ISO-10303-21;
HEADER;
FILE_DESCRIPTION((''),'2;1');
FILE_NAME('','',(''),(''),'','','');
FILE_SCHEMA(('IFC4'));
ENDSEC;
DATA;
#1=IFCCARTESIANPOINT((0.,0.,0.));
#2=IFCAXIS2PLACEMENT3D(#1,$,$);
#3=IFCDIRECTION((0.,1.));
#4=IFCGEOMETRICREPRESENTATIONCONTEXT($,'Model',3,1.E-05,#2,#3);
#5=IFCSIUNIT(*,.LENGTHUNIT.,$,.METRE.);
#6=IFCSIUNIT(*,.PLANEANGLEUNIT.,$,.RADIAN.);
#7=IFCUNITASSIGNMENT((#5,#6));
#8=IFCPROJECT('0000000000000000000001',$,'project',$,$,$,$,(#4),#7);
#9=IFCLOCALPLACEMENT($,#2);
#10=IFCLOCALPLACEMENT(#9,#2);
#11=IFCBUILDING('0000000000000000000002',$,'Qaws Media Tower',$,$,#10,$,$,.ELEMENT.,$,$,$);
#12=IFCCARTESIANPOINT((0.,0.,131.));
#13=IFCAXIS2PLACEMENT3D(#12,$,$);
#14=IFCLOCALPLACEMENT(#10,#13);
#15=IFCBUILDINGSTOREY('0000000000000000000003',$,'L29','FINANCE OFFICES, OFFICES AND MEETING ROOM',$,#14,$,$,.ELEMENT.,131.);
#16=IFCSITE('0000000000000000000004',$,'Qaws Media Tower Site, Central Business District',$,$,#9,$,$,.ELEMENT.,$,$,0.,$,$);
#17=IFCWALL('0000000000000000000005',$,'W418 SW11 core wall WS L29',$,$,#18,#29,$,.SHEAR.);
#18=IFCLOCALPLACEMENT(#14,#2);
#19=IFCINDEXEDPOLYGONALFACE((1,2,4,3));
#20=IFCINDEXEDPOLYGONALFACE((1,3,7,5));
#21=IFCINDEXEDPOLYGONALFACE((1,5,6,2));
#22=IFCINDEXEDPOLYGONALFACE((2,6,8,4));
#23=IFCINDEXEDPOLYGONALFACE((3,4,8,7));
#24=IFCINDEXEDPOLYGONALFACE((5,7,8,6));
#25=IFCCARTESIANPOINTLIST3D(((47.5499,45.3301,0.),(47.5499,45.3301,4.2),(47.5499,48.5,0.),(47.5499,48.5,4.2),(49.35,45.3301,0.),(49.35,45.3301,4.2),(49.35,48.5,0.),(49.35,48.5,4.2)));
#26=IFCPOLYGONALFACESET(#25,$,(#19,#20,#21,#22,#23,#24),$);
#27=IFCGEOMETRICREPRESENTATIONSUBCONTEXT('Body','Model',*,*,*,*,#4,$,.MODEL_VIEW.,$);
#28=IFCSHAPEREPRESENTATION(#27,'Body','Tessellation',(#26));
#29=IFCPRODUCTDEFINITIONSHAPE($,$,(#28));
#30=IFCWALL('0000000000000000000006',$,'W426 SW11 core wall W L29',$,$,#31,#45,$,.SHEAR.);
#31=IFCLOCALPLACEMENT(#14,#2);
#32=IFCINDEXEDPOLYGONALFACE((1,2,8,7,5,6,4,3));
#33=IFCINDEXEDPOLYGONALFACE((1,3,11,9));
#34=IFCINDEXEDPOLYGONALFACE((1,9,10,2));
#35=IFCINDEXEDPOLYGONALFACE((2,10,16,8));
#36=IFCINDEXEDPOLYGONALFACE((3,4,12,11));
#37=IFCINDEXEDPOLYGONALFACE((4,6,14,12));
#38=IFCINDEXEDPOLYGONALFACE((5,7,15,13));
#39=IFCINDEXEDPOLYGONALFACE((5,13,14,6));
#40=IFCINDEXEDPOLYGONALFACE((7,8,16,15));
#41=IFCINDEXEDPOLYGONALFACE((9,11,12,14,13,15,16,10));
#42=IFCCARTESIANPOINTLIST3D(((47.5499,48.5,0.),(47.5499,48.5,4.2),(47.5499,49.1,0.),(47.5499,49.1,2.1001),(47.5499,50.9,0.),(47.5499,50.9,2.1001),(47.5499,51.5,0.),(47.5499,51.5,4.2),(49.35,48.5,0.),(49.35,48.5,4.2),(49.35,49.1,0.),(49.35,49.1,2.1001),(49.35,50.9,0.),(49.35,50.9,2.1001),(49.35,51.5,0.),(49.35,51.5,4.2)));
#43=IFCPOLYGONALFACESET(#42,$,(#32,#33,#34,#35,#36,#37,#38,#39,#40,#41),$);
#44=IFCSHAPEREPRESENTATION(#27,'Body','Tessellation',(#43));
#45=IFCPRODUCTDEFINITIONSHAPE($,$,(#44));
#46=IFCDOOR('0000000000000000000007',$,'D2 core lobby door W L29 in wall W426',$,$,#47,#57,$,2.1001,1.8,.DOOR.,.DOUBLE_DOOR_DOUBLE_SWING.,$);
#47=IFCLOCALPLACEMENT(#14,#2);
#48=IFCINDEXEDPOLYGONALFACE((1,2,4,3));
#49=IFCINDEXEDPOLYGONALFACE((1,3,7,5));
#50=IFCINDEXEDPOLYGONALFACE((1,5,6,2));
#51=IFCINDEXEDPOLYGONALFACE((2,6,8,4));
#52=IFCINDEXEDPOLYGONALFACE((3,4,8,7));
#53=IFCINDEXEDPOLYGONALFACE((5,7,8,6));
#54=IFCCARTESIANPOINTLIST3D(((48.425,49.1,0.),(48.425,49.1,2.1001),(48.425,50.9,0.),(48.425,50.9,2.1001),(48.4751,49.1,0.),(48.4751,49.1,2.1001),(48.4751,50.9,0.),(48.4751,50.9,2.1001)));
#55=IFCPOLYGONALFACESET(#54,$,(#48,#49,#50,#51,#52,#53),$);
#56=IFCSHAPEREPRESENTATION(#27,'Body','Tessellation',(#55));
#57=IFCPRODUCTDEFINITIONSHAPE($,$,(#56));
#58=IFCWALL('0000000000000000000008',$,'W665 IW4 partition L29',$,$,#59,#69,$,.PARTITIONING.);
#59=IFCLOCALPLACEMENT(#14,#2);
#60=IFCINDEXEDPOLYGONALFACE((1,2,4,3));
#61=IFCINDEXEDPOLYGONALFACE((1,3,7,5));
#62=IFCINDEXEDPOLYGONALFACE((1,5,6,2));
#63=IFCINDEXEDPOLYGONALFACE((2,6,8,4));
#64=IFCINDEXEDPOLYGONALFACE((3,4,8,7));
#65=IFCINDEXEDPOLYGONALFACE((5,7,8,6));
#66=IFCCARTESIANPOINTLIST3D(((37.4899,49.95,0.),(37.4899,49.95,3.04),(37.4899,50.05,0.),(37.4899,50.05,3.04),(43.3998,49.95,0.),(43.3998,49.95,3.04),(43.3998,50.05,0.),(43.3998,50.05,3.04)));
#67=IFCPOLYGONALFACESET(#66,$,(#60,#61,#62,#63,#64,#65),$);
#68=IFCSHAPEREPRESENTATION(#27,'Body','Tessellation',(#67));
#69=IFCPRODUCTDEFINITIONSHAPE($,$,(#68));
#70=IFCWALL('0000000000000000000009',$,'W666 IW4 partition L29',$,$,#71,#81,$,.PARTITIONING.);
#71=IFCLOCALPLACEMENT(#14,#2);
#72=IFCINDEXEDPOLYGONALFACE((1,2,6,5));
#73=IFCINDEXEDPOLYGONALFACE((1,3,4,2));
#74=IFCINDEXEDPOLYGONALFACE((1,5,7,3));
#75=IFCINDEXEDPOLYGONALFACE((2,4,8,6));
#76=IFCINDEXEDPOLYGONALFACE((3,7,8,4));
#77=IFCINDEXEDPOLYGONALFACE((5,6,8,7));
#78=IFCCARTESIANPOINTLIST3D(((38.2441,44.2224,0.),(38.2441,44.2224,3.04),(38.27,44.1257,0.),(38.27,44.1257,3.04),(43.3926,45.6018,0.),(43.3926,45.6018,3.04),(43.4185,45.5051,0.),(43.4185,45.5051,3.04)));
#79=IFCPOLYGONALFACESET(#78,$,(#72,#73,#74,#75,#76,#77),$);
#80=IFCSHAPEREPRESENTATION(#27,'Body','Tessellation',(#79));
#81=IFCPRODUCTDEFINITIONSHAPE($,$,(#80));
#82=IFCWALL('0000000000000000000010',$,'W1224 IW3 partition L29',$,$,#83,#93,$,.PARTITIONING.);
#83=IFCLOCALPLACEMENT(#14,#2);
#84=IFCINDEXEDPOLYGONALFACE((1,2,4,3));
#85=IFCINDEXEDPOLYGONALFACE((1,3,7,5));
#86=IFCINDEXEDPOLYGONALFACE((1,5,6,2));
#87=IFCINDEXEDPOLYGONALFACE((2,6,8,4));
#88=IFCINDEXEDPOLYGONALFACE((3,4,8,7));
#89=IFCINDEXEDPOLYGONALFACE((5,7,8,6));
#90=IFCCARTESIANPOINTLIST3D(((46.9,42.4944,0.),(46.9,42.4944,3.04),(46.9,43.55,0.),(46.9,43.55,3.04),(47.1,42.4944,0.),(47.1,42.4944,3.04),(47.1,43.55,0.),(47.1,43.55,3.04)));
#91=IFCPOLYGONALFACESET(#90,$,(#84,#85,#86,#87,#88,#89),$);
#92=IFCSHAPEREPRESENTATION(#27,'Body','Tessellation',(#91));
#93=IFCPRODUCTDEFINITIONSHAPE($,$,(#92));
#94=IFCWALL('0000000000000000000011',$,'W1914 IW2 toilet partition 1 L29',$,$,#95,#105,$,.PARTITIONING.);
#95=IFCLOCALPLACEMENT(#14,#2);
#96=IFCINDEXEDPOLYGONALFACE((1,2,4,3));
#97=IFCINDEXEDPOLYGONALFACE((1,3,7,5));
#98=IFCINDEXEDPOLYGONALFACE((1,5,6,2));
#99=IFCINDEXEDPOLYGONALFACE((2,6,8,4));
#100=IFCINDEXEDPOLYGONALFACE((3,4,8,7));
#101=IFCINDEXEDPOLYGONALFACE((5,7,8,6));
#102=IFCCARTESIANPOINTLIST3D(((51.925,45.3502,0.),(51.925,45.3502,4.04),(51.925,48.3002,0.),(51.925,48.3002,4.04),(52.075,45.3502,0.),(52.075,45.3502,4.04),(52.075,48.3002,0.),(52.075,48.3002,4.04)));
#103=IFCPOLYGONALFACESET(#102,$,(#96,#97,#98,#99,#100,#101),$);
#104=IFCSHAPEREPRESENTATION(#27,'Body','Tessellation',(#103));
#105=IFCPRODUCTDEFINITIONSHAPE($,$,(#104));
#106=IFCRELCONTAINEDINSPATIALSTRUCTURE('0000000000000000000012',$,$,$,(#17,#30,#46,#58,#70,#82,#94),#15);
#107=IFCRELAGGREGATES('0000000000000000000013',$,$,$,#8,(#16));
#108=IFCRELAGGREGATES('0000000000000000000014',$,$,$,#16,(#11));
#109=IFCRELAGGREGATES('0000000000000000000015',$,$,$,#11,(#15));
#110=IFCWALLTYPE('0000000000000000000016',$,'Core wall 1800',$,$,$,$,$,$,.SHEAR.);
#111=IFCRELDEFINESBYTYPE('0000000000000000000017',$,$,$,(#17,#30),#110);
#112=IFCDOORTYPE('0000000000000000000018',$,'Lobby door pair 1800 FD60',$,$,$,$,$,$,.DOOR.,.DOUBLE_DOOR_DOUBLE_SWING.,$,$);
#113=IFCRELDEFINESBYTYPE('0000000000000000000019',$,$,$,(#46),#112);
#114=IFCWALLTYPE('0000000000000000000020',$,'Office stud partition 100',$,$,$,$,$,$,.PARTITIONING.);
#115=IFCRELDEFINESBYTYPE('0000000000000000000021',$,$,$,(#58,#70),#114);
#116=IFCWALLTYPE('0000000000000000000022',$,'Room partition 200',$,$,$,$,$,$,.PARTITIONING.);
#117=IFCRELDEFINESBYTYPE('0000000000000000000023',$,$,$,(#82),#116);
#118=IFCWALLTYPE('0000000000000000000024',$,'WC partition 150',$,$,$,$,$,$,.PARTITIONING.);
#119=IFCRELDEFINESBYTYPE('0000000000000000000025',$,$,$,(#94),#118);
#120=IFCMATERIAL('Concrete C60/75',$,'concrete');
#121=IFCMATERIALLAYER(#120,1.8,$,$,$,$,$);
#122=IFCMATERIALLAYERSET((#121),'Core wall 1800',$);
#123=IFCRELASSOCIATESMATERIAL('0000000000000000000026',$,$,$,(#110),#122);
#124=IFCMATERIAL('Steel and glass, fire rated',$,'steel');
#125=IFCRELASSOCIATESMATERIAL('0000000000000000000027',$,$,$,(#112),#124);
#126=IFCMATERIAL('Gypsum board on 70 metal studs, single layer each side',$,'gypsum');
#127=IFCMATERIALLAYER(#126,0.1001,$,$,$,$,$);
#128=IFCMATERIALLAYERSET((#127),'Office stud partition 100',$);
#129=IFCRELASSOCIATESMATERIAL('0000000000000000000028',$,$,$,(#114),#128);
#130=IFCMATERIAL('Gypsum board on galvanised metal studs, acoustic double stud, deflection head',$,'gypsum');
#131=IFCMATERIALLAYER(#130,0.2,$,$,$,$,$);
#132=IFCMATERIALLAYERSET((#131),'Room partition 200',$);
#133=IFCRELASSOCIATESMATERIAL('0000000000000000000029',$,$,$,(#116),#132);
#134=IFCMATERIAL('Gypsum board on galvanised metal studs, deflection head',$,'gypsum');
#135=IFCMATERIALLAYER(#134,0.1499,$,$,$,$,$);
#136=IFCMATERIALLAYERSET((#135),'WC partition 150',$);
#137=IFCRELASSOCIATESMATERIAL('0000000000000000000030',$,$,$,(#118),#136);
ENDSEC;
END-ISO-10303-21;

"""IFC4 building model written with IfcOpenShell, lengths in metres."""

from ifc_helpers import new_model, si_unit, direction, frame, frame_2d, origin, place, context, subcontext, project, spatial, rectangle, extrude, material, layer, layer_set, type_object, element, fill, save


model = new_model("IFC4")

# Units and contexts
model_context = context("Model", 3, precision=1e-05, world=origin(), true_north=direction((0.0, 1.0)))
body_context = subcontext(model_context, "Body", "Model", "MODEL_VIEW")
ifc_project = project(units=[si_unit("LENGTHUNIT", "METRE"), si_unit("PLANEANGLEUNIT", "RADIAN")], contexts=[model_context])

# Site, building, storey
site_placement = place(None, origin())
site = spatial("IfcSite", under=ifc_project, at=site_placement, Name="Qaws Media Tower Site, Central Business District", CompositionType="ELEMENT", RefElevation=0.0)
building_placement = place(site_placement, origin())
building = spatial("IfcBuilding", under=site, at=building_placement, Name="Qaws Media Tower", CompositionType="ELEMENT")
storey_placement = place(building_placement, frame((0.0, 0.0, 131.0)))
storey = spatial("IfcBuildingStorey", under=building, at=storey_placement, Name="L29", Description="FINANCE OFFICES, OFFICES AND MEETING ROOM", CompositionType="ELEMENT", Elevation=131.0)

# Wall
ifc_material_1 = material(Name="Concrete C60/75", Category="concrete")
ifc_layer_1 = layer(ifc_material_1, 1.8)
ifc_layer_set_1 = layer_set([ifc_layer_1], Name="Core wall 1800")
wall_type_1 = type_object("IfcWallType", Name="Core wall 1800", PredefinedType="SHEAR", material=ifc_layer_set_1)
wall_1_placement = place(storey_placement, frame((48.45, 45.3301, 0.0), z_axis=(0.0, 0.0, 1.0), x_axis=(0.0, 1.0, 0.0)))
element("IfcWall", 1, at=wall_1_placement, inside=storey, type_object=wall_type_1, Name="W418 SW11 core wall WS L29", PredefinedType="SHEAR", context=body_context, shape_type="SweptSolid", body=[
    extrude(rectangle(XDim=3.1699, YDim=1.8, at=frame_2d((1.585, 0.0))), origin(), (0.0, 0.0, 1.0), 4.2),
])

# Wall, opening, door
wall_2_placement = place(storey_placement, frame((48.45, 48.5, 0.0), z_axis=(0.0, 0.0, 1.0), x_axis=(0.0, 1.0, 0.0)))
wall_2 = element("IfcWall", 2, at=wall_2_placement, inside=storey, type_object=wall_type_1, Name="W426 SW11 core wall W L29", PredefinedType="SHEAR", context=body_context, shape_type="SweptSolid", body=[
    extrude(rectangle(XDim=3.0, YDim=1.8, at=frame_2d((1.5, 0.0))), origin(), (0.0, 0.0, 1.0), 4.2),
])
opening_1_placement = place(wall_2_placement, frame((0.6001, 0.0, 0.0)))
opening_1 = element("IfcOpeningElement", 3, at=opening_1_placement, cuts=wall_2, PredefinedType="OPENING", context=body_context, shape_type="SweptSolid", body=[
    extrude(rectangle(XDim=1.8, YDim=2.1001, at=frame_2d((0.8999, 1.05))), frame((0.0, 0.9099, 0.0), z_axis=(0.0, -1.0, 0.0), x_axis=(1.0, 0.0, 0.0)), (0.0, 0.0, 1.0), 1.8201),
])
ifc_material_2 = material(Name="Steel and glass, fire rated", Category="steel")
door_type_1 = type_object("IfcDoorType", Name="Lobby door pair 1800 FD60", OperationType="DOUBLE_DOOR_DOUBLE_SWING", PredefinedType="DOOR", material=ifc_material_2)
door_1_placement = place(opening_1_placement, origin())
door_1 = element("IfcDoor", 4, at=door_1_placement, inside=storey, type_object=door_type_1, Name="D2 core lobby door W L29 in wall W426", OperationType="DOUBLE_DOOR_DOUBLE_SWING", OverallHeight=2.1001, OverallWidth=1.8, PredefinedType="DOOR", context=body_context, shape_type="SweptSolid", body=[
    extrude(rectangle(XDim=1.8, YDim=2.1001, at=frame_2d((0.8999, 1.05))), frame((0.0, 0.0249, 0.0), z_axis=(0.0, -1.0, 0.0), x_axis=(1.0, 0.0, 0.0)), (0.0, 0.0, 1.0), 0.05),
])
fill(opening_1, door_1)

# Walls
ifc_material_3 = material(Name="Gypsum board on 70 metal studs, single layer each side", Category="gypsum")
ifc_layer_2 = layer(ifc_material_3, 0.1001)
ifc_layer_set_2 = layer_set([ifc_layer_2], Name="Office stud partition 100")
wall_type_2 = type_object("IfcWallType", Name="Office stud partition 100", PredefinedType="PARTITIONING", material=ifc_layer_set_2)
wall_3_placement = place(storey_placement, frame((43.3999, 50.0, 0.0), z_axis=(0.0, 0.0, 1.0), x_axis=(-1.0, 0.0, 0.0)))
element("IfcWall", 5, at=wall_3_placement, inside=storey, type_object=wall_type_2, Name="W665 IW4 partition L29", PredefinedType="PARTITIONING", context=body_context, shape_type="SweptSolid", body=[
    extrude(rectangle(XDim=5.9099, YDim=0.1001, at=frame_2d((2.9551, 0.0))), origin(), (0.0, 0.0, 1.0), 3.04),
])
wall_4_placement = place(storey_placement, frame((43.4055, 45.5535, 0.0), z_axis=(0.0, 0.0, 1.0), x_axis=(-0.965932, -0.258797, 0.0)))
element("IfcWall", 6, at=wall_4_placement, inside=storey, type_object=wall_type_2, Name="W666 IW4 partition L29", PredefinedType="PARTITIONING", context=body_context, shape_type="SweptSolid", body=[
    extrude(rectangle(XDim=5.3301, YDim=0.1001, at=frame_2d((2.665, 0.0))), origin(), (0.0, 0.0, 1.0), 3.04),
])
ifc_material_4 = material(Name="Gypsum board on galvanised metal studs, acoustic double stud, deflection head", Category="gypsum")
ifc_layer_3 = layer(ifc_material_4, 0.2)
ifc_layer_set_3 = layer_set([ifc_layer_3], Name="Room partition 200")
wall_type_3 = type_object("IfcWallType", Name="Room partition 200", PredefinedType="PARTITIONING", material=ifc_layer_set_3)
wall_5_placement = place(storey_placement, frame((47.0, 43.55, 0.0), z_axis=(0.0, 0.0, 1.0), x_axis=(0.0, -1.0, 0.0)))
element("IfcWall", 7, at=wall_5_placement, inside=storey, type_object=wall_type_3, Name="W1224 IW3 partition L29", PredefinedType="PARTITIONING", context=body_context, shape_type="SweptSolid", body=[
    extrude(rectangle(XDim=1.0557, YDim=0.2, at=frame_2d((0.5278, 0.0))), origin(), (0.0, 0.0, 1.0), 3.04),
])

# Wall
ifc_material_5 = material(Name="Gypsum board on galvanised metal studs, deflection head", Category="gypsum")
ifc_layer_4 = layer(ifc_material_5, 0.1499)
ifc_layer_set_4 = layer_set([ifc_layer_4], Name="WC partition 150")
wall_type_4 = type_object("IfcWallType", Name="WC partition 150", PredefinedType="PARTITIONING", material=ifc_layer_set_4)
wall_6_placement = place(storey_placement, frame((52.0, 45.3501, 0.0), z_axis=(0.0, 0.0, 1.0), x_axis=(0.0, 1.0, 0.0)))
element("IfcWall", 8, at=wall_6_placement, inside=storey, type_object=wall_type_4, Name="W1914 IW2 toilet partition 1 L29", PredefinedType="PARTITIONING", context=body_context, shape_type="SweptSolid", body=[
    extrude(rectangle(XDim=2.95, YDim=0.1499, at=frame_2d((1.4751, 0.0))), origin(), (0.0, 0.0, 1.0), 4.04),
])

save(model, "model.ifc")
